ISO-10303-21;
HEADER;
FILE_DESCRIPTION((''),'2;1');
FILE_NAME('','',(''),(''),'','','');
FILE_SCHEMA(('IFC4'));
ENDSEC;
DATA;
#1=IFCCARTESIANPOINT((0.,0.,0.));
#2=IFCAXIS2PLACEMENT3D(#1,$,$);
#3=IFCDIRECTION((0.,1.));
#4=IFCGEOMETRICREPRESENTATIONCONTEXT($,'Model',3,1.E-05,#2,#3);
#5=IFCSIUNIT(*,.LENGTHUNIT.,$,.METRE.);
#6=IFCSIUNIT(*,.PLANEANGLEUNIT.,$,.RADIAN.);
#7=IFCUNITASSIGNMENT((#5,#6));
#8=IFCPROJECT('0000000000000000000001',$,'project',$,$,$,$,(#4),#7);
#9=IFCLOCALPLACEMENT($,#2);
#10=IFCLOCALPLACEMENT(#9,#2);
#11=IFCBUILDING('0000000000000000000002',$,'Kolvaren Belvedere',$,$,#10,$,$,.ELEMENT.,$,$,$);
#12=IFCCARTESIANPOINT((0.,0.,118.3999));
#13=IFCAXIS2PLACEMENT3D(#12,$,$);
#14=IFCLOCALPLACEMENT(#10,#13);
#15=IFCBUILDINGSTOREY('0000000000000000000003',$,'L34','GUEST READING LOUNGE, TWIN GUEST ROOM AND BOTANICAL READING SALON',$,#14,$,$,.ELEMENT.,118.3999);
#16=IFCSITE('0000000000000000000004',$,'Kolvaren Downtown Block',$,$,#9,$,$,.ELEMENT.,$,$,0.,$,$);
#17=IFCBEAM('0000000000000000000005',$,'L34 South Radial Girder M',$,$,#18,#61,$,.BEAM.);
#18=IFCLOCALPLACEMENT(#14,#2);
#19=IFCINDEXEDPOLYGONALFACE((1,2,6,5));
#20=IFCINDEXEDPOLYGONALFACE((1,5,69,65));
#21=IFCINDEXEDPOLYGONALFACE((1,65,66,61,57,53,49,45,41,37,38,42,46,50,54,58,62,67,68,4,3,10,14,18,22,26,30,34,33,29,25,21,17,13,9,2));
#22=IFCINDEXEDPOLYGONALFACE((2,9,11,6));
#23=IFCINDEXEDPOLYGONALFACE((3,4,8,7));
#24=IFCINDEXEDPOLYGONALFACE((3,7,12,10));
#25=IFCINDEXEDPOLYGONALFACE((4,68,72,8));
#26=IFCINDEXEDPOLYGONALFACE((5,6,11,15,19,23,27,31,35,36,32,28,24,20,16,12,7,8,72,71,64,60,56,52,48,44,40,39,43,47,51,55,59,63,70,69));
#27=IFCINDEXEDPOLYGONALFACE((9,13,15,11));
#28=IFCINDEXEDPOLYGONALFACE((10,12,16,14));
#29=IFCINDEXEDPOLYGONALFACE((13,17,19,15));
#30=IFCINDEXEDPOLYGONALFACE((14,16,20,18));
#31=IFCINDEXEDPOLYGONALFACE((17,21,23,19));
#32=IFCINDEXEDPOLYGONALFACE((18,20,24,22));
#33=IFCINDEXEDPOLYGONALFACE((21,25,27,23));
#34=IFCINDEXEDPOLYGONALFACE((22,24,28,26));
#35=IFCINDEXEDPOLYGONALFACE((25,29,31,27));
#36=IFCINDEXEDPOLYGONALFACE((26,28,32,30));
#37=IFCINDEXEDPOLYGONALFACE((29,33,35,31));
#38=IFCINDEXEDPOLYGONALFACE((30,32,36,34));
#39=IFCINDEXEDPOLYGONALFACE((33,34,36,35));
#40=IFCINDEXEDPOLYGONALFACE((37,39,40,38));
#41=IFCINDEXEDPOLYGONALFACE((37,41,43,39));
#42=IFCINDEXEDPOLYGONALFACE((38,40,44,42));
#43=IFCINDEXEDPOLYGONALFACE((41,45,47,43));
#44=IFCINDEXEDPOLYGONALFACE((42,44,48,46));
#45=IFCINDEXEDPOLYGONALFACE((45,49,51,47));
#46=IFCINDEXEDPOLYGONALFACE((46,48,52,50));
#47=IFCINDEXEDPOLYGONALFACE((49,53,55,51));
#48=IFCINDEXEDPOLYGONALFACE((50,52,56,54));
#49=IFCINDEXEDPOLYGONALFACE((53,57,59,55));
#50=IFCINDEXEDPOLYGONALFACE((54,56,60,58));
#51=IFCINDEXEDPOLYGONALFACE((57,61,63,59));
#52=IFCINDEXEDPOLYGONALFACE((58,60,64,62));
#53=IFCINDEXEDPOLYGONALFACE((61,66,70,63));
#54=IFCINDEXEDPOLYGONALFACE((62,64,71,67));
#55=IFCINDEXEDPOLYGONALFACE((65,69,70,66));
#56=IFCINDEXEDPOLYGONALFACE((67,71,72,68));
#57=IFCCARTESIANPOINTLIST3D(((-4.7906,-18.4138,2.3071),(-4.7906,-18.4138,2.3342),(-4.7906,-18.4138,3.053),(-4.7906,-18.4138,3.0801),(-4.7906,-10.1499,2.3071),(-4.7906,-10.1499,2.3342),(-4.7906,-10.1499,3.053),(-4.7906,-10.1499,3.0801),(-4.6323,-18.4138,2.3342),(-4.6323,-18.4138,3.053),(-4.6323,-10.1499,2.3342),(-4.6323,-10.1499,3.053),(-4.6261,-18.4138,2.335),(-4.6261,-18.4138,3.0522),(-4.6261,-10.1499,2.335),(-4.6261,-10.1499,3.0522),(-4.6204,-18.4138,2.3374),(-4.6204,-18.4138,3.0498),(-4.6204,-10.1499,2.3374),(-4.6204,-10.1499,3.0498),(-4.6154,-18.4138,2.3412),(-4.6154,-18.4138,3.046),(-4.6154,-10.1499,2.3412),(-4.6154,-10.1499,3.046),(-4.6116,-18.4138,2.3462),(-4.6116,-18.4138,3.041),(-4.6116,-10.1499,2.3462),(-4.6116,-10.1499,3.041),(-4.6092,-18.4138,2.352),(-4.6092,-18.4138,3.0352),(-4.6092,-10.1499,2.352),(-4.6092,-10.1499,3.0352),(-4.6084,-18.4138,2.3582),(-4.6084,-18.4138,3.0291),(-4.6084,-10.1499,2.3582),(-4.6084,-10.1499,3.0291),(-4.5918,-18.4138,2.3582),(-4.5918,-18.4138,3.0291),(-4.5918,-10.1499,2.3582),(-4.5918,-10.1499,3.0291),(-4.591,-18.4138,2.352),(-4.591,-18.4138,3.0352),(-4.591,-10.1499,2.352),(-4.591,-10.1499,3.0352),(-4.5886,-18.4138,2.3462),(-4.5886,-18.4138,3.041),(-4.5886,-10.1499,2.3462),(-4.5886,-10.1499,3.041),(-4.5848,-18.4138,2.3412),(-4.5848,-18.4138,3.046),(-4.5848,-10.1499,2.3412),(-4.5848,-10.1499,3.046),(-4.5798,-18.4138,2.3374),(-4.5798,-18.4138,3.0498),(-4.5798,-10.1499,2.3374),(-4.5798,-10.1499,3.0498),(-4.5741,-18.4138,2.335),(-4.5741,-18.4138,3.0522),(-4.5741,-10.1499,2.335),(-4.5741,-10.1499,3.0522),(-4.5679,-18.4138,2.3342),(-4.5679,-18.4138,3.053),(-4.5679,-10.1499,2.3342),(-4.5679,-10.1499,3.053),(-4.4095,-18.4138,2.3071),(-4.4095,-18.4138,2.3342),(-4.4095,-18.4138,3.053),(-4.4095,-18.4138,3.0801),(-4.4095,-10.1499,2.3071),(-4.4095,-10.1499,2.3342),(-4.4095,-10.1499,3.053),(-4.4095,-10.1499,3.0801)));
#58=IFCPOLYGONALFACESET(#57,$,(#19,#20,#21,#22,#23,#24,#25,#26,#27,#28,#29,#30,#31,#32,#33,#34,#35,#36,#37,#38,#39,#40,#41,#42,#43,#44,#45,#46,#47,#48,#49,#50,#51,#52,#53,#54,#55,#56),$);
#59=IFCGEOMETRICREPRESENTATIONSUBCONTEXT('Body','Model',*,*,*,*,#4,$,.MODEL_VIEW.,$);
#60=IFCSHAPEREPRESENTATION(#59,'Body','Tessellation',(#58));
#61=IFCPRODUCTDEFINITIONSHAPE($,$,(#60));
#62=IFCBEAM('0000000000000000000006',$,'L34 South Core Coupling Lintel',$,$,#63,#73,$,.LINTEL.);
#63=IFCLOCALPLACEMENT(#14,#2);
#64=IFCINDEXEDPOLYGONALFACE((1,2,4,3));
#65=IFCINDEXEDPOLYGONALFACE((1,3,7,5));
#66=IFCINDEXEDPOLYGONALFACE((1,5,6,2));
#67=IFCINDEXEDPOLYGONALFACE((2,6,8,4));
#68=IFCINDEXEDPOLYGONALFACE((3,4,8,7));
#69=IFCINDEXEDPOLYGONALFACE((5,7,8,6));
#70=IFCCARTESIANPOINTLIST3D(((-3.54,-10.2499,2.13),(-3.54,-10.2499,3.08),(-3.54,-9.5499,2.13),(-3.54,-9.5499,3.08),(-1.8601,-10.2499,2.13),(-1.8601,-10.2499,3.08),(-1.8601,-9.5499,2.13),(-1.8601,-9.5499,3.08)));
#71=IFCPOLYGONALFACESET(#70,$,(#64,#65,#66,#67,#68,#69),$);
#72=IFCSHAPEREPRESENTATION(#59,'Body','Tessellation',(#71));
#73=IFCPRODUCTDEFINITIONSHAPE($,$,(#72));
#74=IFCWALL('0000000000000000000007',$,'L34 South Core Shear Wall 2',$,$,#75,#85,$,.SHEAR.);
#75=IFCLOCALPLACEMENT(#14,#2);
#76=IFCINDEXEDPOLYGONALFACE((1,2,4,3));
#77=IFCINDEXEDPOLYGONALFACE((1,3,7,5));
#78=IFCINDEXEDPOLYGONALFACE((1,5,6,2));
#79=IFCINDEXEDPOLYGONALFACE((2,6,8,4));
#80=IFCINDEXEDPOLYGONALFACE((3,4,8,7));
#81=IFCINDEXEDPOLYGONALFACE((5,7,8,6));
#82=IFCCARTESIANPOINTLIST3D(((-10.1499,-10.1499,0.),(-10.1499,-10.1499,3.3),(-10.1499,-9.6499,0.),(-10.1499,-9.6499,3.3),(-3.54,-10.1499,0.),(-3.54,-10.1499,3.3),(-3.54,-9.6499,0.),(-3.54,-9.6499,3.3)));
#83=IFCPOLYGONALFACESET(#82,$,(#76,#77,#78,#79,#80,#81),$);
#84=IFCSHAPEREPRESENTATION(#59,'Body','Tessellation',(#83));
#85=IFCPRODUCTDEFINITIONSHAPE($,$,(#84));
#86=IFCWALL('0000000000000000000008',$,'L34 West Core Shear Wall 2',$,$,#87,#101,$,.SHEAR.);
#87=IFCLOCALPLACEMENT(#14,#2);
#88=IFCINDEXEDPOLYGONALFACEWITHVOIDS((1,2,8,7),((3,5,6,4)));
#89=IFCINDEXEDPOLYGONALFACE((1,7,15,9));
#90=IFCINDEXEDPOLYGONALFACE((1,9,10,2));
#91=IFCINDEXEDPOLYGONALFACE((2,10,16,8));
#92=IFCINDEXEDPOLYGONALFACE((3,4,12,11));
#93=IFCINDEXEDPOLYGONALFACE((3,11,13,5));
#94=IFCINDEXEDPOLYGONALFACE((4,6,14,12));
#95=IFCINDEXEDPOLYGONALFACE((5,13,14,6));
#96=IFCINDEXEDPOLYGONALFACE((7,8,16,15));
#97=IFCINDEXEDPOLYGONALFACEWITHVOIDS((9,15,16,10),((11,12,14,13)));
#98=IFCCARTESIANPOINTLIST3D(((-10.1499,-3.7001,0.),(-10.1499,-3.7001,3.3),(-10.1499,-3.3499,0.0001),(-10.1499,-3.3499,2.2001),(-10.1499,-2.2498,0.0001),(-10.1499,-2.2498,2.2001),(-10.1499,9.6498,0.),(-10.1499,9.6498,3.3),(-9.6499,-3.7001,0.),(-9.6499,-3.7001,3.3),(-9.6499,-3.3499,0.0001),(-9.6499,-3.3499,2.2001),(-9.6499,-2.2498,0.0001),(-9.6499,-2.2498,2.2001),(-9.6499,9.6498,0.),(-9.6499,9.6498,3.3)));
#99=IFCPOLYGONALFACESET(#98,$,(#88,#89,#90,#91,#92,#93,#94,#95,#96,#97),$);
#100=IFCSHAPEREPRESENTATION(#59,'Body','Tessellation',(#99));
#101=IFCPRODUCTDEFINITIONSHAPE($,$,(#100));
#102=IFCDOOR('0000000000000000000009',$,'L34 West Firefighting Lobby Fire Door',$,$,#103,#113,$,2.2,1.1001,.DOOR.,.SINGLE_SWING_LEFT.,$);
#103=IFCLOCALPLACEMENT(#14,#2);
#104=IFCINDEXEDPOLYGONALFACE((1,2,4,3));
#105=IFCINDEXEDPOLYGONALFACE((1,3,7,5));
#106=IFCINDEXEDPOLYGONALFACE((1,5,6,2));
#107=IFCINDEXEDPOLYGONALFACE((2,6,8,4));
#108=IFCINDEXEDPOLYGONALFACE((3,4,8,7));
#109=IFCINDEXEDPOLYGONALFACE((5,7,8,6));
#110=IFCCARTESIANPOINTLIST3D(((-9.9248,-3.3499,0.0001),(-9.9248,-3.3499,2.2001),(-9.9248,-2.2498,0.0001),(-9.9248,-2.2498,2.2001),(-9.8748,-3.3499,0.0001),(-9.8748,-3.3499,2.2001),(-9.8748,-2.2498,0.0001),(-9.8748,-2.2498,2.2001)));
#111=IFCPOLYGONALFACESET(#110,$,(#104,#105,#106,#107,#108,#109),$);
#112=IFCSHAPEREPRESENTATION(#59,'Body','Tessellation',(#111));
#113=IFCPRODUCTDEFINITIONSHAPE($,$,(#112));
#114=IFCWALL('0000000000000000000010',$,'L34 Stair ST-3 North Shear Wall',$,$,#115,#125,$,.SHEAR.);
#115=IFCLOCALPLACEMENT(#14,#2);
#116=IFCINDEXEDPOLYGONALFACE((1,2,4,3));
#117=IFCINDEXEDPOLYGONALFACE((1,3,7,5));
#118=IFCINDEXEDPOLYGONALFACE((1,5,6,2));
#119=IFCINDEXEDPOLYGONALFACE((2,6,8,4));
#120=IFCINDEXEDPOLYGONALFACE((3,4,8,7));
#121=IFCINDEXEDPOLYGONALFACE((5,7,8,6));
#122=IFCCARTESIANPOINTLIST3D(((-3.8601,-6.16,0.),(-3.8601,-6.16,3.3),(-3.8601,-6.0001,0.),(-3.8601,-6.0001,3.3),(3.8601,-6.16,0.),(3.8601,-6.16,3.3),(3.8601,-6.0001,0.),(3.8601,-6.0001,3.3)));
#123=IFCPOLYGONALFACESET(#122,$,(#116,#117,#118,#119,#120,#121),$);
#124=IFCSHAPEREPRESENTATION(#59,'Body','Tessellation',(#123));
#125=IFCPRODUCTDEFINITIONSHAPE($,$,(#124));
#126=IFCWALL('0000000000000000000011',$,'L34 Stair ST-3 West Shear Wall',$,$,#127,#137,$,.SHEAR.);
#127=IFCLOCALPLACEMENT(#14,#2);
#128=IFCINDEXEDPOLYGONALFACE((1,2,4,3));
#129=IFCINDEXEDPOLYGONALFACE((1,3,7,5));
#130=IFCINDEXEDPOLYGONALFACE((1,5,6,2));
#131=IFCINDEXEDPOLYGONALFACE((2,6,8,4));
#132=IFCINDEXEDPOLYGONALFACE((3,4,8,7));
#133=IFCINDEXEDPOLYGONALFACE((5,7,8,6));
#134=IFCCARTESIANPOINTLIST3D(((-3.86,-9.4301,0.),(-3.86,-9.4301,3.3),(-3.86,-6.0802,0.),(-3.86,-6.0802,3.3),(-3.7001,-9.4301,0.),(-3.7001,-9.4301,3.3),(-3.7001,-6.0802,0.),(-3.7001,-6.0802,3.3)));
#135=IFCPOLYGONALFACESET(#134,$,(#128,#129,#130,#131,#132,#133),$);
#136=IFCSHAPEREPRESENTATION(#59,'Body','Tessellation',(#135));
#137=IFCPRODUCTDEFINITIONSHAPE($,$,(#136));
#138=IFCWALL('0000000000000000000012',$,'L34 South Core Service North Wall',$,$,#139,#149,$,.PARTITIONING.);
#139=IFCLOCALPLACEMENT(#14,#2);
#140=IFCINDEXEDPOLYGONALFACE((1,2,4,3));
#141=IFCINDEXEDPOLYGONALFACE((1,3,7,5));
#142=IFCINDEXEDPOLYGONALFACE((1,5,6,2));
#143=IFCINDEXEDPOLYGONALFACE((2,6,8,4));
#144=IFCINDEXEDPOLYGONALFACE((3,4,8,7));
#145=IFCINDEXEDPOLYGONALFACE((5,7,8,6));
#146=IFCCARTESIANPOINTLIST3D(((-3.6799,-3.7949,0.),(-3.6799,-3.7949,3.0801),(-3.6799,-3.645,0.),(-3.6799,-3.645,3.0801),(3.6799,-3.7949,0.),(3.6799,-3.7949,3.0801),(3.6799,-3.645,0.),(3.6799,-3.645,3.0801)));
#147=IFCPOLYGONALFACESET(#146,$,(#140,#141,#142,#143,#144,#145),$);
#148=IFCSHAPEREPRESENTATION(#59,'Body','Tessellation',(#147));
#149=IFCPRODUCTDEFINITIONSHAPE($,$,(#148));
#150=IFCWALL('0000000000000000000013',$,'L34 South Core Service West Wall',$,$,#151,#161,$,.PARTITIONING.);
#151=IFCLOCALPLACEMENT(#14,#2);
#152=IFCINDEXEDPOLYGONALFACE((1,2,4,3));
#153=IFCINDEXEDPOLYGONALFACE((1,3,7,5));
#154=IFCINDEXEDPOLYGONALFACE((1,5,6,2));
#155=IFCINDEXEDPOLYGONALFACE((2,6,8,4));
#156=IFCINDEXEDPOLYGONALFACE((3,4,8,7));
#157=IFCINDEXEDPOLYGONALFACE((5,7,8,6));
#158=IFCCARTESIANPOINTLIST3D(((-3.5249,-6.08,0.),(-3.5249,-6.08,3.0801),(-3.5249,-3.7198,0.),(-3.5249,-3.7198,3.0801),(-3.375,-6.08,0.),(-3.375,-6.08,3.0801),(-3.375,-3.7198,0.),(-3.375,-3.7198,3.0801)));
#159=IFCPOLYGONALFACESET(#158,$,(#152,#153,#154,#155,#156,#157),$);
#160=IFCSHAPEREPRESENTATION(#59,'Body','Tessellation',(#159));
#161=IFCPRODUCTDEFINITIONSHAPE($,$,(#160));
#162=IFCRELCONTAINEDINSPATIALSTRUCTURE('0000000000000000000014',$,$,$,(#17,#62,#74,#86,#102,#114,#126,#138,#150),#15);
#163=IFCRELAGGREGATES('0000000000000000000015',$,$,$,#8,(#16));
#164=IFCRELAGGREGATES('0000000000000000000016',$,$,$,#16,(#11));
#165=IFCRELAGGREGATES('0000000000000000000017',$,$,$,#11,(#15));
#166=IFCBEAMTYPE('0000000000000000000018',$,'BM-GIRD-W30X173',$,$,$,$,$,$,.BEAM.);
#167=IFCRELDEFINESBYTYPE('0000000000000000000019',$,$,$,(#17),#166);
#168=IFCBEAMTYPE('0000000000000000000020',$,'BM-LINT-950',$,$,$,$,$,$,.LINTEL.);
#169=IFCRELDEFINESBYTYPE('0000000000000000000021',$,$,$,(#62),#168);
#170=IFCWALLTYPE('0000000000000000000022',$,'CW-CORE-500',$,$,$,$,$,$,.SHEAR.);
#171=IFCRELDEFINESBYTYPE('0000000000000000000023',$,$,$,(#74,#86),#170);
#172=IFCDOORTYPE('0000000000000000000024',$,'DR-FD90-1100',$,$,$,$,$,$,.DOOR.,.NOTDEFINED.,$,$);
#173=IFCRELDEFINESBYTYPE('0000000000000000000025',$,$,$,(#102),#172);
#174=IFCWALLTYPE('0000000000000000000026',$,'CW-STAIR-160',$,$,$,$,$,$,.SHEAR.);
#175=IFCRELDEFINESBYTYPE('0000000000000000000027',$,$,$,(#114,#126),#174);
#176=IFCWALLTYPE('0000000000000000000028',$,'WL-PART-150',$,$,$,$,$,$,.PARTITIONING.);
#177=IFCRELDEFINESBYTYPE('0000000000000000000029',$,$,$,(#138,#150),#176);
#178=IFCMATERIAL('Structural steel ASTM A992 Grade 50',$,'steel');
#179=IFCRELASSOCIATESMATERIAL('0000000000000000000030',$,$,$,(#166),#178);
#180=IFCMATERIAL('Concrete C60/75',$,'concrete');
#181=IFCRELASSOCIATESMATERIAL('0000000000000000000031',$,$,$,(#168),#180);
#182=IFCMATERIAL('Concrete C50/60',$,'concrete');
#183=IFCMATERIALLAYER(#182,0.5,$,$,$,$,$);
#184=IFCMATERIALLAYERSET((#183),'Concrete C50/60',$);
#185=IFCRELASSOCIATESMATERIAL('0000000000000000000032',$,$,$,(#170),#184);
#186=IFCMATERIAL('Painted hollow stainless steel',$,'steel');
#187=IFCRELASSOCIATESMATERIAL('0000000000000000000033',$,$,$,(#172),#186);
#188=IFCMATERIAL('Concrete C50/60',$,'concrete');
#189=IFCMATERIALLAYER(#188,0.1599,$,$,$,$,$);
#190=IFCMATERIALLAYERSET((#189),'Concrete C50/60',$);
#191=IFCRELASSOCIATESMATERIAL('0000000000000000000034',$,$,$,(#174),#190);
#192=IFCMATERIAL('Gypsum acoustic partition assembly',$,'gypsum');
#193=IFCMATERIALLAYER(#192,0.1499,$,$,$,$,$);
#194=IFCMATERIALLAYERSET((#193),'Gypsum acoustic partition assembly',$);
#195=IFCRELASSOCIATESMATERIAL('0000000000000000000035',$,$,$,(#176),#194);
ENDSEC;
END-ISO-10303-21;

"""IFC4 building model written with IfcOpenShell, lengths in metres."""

from ifc_helpers import new_model, si_unit, direction, frame, frame_2d, origin, origin_2d, place, context, subcontext, project, spatial, rectangle, i_section, extrude, material, layer, layer_set, material_profile, profile_set, type_object, element, fill, save


model = new_model("IFC4")

# Units and contexts
model_context = context("Model", 3, precision=1e-05, world=origin(), true_north=direction((0.0, 1.0)))
body_context = subcontext(model_context, "Body", "Model", "MODEL_VIEW")
ifc_project = project(units=[si_unit("LENGTHUNIT", "METRE"), si_unit("PLANEANGLEUNIT", "RADIAN")], contexts=[model_context])

# Site, building, storey
site_placement = place(None, origin())
site = spatial("IfcSite", under=ifc_project, at=site_placement, Name="Kolvaren Downtown Block", CompositionType="ELEMENT", RefElevation=0.0)
building_placement = place(site_placement, origin())
building = spatial("IfcBuilding", under=site, at=building_placement, Name="Kolvaren Belvedere", CompositionType="ELEMENT")
storey_placement = place(building_placement, frame((0.0, 0.0, 118.3999)))
storey = spatial("IfcBuildingStorey", under=building, at=storey_placement, Name="L34", Description="GUEST READING LOUNGE, TWIN GUEST ROOM AND BOTANICAL READING SALON", CompositionType="ELEMENT", Elevation=118.3999)

# Beams
ifc_material_1 = material(Name="Structural steel ASTM A992 Grade 50", Category="steel")
ifc_material_profile_1 = material_profile(ifc_material_1, i_section(OverallWidth=0.3811, OverallDepth=0.7729, WebThickness=0.0166, FlangeThickness=0.0271, FilletRadius=0.0239, at=origin_2d()), Name="W30X173")
ifc_profile_set_1 = profile_set([ifc_material_profile_1], Name="Structural steel ASTM A992 Grade 50")
beam_type_1 = type_object("IfcBeamType", Name="BM-GIRD-W30X173", PredefinedType="BEAM", material=ifc_profile_set_1)
beam_1_placement = place(storey_placement, frame((-4.6001, -10.1499, 2.6936), z_axis=(0.0, -1.0, 0.0), x_axis=(1.0, 0.0, 0.0)))
element("IfcBeam", 1, at=beam_1_placement, inside=storey, type_object=beam_type_1, Name="L34 South Radial Girder M", PredefinedType="BEAM", context=body_context, shape_type="SweptSolid", body=[
    extrude(i_section(OverallWidth=0.3811, OverallDepth=0.7729, WebThickness=0.0166, FlangeThickness=0.0271, FilletRadius=0.0239, at=origin_2d()), origin(), (0.0, 0.0, 1.0), 8.2639),
])
ifc_material_2 = material(Name="Concrete C60/75", Category="concrete")
ifc_material_profile_2 = material_profile(ifc_material_2, rectangle(XDim=0.7, YDim=0.95, at=origin_2d()), Name="RC 700X950")
ifc_profile_set_2 = profile_set([ifc_material_profile_2], Name="Concrete C60/75")
beam_type_2 = type_object("IfcBeamType", Name="BM-LINT-950", PredefinedType="LINTEL", material=ifc_profile_set_2)
beam_2_placement = place(storey_placement, frame((-3.54, -9.8999, 2.605), z_axis=(1.0, 0.0, 0.0), x_axis=(0.0, 1.0, 0.0)))
element("IfcBeam", 2, at=beam_2_placement, inside=storey, type_object=beam_type_2, Name="L34 South Core Coupling Lintel", PredefinedType="LINTEL", context=body_context, shape_type="SweptSolid", body=[
    extrude(rectangle(XDim=0.7, YDim=0.95, at=origin_2d()), origin(), (0.0, 0.0, 1.0), 1.6799),
])

# Wall
ifc_material_3 = material(Name="Concrete C50/60", Category="concrete")
ifc_layer_1 = layer(ifc_material_3, 0.5)
ifc_layer_set_1 = layer_set([ifc_layer_1], Name="Concrete C50/60")
wall_type_1 = type_object("IfcWallType", Name="CW-CORE-500", PredefinedType="SHEAR", material=ifc_layer_set_1)
wall_1_placement = place(storey_placement, frame((-3.54, -9.8999, 0.0), z_axis=(0.0, 0.0, 1.0), x_axis=(-1.0, 0.0, 0.0)))
element("IfcWall", 3, at=wall_1_placement, inside=storey, type_object=wall_type_1, Name="L34 South Core Shear Wall 2", PredefinedType="SHEAR", context=body_context, shape_type="SweptSolid", body=[
    extrude(rectangle(XDim=6.6099, YDim=0.5, at=frame_2d((3.3049, 0.0))), origin(), (0.0, 0.0, 1.0), 3.3),
])

# Wall, opening, door
wall_2_placement = place(storey_placement, frame((-9.8999, -3.7, 0.0), z_axis=(0.0, 0.0, 1.0), x_axis=(0.0, 1.0, 0.0)))
wall_2 = element("IfcWall", 4, at=wall_2_placement, inside=storey, type_object=wall_type_1, Name="L34 West Core Shear Wall 2", PredefinedType="SHEAR", context=body_context, shape_type="SweptSolid", body=[
    extrude(rectangle(XDim=13.3499, YDim=0.5, at=frame_2d((6.6748, 0.0))), origin(), (0.0, 0.0, 1.0), 3.3),
])
opening_1_placement = place(wall_2_placement, frame((0.3501, 0.0, 0.0)))
opening_1 = element("IfcOpeningElement", 5, at=opening_1_placement, cuts=wall_2, PredefinedType="OPENING", context=body_context, shape_type="SweptSolid", body=[
    extrude(rectangle(XDim=1.1001, YDim=2.2, at=frame_2d((0.55, 1.1001))), frame((0.0, 0.26, 0.0), z_axis=(0.0, -1.0, 0.0), x_axis=(1.0, 0.0, 0.0)), (0.0, 0.0, 1.0), 0.52),
])
ifc_material_4 = material(Name="Painted hollow stainless steel", Category="steel")
door_type_1 = type_object("IfcDoorType", Name="DR-FD90-1100", OperationType="NOTDEFINED", PredefinedType="DOOR", material=ifc_material_4)
door_1_placement = place(opening_1_placement, origin())
door_1 = element("IfcDoor", 6, at=door_1_placement, inside=storey, type_object=door_type_1, Name="L34 West Firefighting Lobby Fire Door", OperationType="SINGLE_SWING_LEFT", OverallHeight=2.2, OverallWidth=1.1001, PredefinedType="DOOR", context=body_context, shape_type="SweptSolid", body=[
    extrude(rectangle(XDim=1.1001, YDim=2.2, at=frame_2d((0.55, 1.1001))), frame((0.0, 0.0249, 0.0), z_axis=(0.0, -1.0, 0.0), x_axis=(1.0, 0.0, 0.0)), (0.0, 0.0, 1.0), 0.05),
])
fill(opening_1, door_1)

# Walls
ifc_material_5 = material(Name="Concrete C50/60", Category="concrete")
ifc_layer_2 = layer(ifc_material_5, 0.1599)
ifc_layer_set_2 = layer_set([ifc_layer_2], Name="Concrete C50/60")
wall_type_2 = type_object("IfcWallType", Name="CW-STAIR-160", PredefinedType="SHEAR", material=ifc_layer_set_2)
wall_3_placement = place(storey_placement, frame((-3.8601, -6.0801, 0.0), z_axis=(0.0, 0.0, 1.0), x_axis=(1.0, 0.0, 0.0)))
element("IfcWall", 7, at=wall_3_placement, inside=storey, type_object=wall_type_2, Name="L34 Stair ST-3 North Shear Wall", PredefinedType="SHEAR", context=body_context, shape_type="SweptSolid", body=[
    extrude(rectangle(XDim=7.7202, YDim=0.1599, at=frame_2d((3.8601, 0.0))), origin(), (0.0, 0.0, 1.0), 3.3),
])
wall_4_placement = place(storey_placement, frame((-3.78, -9.4299, 0.0), z_axis=(0.0, 0.0, 1.0), x_axis=(0.0, 1.0, 0.0)))
element("IfcWall", 8, at=wall_4_placement, inside=storey, type_object=wall_type_2, Name="L34 Stair ST-3 West Shear Wall", PredefinedType="SHEAR", context=body_context, shape_type="SweptSolid", body=[
    extrude(rectangle(XDim=3.3499, YDim=0.1599, at=frame_2d((1.6748, 0.0))), origin(), (0.0, 0.0, 1.0), 3.3),
])
ifc_material_6 = material(Name="Gypsum acoustic partition assembly", Category="gypsum")
ifc_layer_3 = layer(ifc_material_6, 0.1499)
ifc_layer_set_3 = layer_set([ifc_layer_3], Name="Gypsum acoustic partition assembly")
wall_type_3 = type_object("IfcWallType", Name="WL-PART-150", PredefinedType="PARTITIONING", material=ifc_layer_set_3)
wall_5_placement = place(storey_placement, frame((-3.6799, -3.72, 0.0), z_axis=(0.0, 0.0, 1.0), x_axis=(1.0, 0.0, 0.0)))
element("IfcWall", 9, at=wall_5_placement, inside=storey, type_object=wall_type_3, Name="L34 South Core Service North Wall", PredefinedType="PARTITIONING", context=body_context, shape_type="SweptSolid", body=[
    extrude(rectangle(XDim=7.3599, YDim=0.1499, at=frame_2d((3.6799, 0.0))), origin(), (0.0, 0.0, 1.0), 3.0801),
])
wall_6_placement = place(storey_placement, frame((-3.45, -6.0801, 0.0), z_axis=(0.0, 0.0, 1.0), x_axis=(0.0, 1.0, 0.0)))
element("IfcWall", 10, at=wall_6_placement, inside=storey, type_object=wall_type_3, Name="L34 South Core Service West Wall", PredefinedType="PARTITIONING", context=body_context, shape_type="SweptSolid", body=[
    extrude(rectangle(XDim=2.3601, YDim=0.1499, at=frame_2d((1.1802, 0.0))), origin(), (0.0, 0.0, 1.0), 3.0801),
])

save(model, "model.ifc")
